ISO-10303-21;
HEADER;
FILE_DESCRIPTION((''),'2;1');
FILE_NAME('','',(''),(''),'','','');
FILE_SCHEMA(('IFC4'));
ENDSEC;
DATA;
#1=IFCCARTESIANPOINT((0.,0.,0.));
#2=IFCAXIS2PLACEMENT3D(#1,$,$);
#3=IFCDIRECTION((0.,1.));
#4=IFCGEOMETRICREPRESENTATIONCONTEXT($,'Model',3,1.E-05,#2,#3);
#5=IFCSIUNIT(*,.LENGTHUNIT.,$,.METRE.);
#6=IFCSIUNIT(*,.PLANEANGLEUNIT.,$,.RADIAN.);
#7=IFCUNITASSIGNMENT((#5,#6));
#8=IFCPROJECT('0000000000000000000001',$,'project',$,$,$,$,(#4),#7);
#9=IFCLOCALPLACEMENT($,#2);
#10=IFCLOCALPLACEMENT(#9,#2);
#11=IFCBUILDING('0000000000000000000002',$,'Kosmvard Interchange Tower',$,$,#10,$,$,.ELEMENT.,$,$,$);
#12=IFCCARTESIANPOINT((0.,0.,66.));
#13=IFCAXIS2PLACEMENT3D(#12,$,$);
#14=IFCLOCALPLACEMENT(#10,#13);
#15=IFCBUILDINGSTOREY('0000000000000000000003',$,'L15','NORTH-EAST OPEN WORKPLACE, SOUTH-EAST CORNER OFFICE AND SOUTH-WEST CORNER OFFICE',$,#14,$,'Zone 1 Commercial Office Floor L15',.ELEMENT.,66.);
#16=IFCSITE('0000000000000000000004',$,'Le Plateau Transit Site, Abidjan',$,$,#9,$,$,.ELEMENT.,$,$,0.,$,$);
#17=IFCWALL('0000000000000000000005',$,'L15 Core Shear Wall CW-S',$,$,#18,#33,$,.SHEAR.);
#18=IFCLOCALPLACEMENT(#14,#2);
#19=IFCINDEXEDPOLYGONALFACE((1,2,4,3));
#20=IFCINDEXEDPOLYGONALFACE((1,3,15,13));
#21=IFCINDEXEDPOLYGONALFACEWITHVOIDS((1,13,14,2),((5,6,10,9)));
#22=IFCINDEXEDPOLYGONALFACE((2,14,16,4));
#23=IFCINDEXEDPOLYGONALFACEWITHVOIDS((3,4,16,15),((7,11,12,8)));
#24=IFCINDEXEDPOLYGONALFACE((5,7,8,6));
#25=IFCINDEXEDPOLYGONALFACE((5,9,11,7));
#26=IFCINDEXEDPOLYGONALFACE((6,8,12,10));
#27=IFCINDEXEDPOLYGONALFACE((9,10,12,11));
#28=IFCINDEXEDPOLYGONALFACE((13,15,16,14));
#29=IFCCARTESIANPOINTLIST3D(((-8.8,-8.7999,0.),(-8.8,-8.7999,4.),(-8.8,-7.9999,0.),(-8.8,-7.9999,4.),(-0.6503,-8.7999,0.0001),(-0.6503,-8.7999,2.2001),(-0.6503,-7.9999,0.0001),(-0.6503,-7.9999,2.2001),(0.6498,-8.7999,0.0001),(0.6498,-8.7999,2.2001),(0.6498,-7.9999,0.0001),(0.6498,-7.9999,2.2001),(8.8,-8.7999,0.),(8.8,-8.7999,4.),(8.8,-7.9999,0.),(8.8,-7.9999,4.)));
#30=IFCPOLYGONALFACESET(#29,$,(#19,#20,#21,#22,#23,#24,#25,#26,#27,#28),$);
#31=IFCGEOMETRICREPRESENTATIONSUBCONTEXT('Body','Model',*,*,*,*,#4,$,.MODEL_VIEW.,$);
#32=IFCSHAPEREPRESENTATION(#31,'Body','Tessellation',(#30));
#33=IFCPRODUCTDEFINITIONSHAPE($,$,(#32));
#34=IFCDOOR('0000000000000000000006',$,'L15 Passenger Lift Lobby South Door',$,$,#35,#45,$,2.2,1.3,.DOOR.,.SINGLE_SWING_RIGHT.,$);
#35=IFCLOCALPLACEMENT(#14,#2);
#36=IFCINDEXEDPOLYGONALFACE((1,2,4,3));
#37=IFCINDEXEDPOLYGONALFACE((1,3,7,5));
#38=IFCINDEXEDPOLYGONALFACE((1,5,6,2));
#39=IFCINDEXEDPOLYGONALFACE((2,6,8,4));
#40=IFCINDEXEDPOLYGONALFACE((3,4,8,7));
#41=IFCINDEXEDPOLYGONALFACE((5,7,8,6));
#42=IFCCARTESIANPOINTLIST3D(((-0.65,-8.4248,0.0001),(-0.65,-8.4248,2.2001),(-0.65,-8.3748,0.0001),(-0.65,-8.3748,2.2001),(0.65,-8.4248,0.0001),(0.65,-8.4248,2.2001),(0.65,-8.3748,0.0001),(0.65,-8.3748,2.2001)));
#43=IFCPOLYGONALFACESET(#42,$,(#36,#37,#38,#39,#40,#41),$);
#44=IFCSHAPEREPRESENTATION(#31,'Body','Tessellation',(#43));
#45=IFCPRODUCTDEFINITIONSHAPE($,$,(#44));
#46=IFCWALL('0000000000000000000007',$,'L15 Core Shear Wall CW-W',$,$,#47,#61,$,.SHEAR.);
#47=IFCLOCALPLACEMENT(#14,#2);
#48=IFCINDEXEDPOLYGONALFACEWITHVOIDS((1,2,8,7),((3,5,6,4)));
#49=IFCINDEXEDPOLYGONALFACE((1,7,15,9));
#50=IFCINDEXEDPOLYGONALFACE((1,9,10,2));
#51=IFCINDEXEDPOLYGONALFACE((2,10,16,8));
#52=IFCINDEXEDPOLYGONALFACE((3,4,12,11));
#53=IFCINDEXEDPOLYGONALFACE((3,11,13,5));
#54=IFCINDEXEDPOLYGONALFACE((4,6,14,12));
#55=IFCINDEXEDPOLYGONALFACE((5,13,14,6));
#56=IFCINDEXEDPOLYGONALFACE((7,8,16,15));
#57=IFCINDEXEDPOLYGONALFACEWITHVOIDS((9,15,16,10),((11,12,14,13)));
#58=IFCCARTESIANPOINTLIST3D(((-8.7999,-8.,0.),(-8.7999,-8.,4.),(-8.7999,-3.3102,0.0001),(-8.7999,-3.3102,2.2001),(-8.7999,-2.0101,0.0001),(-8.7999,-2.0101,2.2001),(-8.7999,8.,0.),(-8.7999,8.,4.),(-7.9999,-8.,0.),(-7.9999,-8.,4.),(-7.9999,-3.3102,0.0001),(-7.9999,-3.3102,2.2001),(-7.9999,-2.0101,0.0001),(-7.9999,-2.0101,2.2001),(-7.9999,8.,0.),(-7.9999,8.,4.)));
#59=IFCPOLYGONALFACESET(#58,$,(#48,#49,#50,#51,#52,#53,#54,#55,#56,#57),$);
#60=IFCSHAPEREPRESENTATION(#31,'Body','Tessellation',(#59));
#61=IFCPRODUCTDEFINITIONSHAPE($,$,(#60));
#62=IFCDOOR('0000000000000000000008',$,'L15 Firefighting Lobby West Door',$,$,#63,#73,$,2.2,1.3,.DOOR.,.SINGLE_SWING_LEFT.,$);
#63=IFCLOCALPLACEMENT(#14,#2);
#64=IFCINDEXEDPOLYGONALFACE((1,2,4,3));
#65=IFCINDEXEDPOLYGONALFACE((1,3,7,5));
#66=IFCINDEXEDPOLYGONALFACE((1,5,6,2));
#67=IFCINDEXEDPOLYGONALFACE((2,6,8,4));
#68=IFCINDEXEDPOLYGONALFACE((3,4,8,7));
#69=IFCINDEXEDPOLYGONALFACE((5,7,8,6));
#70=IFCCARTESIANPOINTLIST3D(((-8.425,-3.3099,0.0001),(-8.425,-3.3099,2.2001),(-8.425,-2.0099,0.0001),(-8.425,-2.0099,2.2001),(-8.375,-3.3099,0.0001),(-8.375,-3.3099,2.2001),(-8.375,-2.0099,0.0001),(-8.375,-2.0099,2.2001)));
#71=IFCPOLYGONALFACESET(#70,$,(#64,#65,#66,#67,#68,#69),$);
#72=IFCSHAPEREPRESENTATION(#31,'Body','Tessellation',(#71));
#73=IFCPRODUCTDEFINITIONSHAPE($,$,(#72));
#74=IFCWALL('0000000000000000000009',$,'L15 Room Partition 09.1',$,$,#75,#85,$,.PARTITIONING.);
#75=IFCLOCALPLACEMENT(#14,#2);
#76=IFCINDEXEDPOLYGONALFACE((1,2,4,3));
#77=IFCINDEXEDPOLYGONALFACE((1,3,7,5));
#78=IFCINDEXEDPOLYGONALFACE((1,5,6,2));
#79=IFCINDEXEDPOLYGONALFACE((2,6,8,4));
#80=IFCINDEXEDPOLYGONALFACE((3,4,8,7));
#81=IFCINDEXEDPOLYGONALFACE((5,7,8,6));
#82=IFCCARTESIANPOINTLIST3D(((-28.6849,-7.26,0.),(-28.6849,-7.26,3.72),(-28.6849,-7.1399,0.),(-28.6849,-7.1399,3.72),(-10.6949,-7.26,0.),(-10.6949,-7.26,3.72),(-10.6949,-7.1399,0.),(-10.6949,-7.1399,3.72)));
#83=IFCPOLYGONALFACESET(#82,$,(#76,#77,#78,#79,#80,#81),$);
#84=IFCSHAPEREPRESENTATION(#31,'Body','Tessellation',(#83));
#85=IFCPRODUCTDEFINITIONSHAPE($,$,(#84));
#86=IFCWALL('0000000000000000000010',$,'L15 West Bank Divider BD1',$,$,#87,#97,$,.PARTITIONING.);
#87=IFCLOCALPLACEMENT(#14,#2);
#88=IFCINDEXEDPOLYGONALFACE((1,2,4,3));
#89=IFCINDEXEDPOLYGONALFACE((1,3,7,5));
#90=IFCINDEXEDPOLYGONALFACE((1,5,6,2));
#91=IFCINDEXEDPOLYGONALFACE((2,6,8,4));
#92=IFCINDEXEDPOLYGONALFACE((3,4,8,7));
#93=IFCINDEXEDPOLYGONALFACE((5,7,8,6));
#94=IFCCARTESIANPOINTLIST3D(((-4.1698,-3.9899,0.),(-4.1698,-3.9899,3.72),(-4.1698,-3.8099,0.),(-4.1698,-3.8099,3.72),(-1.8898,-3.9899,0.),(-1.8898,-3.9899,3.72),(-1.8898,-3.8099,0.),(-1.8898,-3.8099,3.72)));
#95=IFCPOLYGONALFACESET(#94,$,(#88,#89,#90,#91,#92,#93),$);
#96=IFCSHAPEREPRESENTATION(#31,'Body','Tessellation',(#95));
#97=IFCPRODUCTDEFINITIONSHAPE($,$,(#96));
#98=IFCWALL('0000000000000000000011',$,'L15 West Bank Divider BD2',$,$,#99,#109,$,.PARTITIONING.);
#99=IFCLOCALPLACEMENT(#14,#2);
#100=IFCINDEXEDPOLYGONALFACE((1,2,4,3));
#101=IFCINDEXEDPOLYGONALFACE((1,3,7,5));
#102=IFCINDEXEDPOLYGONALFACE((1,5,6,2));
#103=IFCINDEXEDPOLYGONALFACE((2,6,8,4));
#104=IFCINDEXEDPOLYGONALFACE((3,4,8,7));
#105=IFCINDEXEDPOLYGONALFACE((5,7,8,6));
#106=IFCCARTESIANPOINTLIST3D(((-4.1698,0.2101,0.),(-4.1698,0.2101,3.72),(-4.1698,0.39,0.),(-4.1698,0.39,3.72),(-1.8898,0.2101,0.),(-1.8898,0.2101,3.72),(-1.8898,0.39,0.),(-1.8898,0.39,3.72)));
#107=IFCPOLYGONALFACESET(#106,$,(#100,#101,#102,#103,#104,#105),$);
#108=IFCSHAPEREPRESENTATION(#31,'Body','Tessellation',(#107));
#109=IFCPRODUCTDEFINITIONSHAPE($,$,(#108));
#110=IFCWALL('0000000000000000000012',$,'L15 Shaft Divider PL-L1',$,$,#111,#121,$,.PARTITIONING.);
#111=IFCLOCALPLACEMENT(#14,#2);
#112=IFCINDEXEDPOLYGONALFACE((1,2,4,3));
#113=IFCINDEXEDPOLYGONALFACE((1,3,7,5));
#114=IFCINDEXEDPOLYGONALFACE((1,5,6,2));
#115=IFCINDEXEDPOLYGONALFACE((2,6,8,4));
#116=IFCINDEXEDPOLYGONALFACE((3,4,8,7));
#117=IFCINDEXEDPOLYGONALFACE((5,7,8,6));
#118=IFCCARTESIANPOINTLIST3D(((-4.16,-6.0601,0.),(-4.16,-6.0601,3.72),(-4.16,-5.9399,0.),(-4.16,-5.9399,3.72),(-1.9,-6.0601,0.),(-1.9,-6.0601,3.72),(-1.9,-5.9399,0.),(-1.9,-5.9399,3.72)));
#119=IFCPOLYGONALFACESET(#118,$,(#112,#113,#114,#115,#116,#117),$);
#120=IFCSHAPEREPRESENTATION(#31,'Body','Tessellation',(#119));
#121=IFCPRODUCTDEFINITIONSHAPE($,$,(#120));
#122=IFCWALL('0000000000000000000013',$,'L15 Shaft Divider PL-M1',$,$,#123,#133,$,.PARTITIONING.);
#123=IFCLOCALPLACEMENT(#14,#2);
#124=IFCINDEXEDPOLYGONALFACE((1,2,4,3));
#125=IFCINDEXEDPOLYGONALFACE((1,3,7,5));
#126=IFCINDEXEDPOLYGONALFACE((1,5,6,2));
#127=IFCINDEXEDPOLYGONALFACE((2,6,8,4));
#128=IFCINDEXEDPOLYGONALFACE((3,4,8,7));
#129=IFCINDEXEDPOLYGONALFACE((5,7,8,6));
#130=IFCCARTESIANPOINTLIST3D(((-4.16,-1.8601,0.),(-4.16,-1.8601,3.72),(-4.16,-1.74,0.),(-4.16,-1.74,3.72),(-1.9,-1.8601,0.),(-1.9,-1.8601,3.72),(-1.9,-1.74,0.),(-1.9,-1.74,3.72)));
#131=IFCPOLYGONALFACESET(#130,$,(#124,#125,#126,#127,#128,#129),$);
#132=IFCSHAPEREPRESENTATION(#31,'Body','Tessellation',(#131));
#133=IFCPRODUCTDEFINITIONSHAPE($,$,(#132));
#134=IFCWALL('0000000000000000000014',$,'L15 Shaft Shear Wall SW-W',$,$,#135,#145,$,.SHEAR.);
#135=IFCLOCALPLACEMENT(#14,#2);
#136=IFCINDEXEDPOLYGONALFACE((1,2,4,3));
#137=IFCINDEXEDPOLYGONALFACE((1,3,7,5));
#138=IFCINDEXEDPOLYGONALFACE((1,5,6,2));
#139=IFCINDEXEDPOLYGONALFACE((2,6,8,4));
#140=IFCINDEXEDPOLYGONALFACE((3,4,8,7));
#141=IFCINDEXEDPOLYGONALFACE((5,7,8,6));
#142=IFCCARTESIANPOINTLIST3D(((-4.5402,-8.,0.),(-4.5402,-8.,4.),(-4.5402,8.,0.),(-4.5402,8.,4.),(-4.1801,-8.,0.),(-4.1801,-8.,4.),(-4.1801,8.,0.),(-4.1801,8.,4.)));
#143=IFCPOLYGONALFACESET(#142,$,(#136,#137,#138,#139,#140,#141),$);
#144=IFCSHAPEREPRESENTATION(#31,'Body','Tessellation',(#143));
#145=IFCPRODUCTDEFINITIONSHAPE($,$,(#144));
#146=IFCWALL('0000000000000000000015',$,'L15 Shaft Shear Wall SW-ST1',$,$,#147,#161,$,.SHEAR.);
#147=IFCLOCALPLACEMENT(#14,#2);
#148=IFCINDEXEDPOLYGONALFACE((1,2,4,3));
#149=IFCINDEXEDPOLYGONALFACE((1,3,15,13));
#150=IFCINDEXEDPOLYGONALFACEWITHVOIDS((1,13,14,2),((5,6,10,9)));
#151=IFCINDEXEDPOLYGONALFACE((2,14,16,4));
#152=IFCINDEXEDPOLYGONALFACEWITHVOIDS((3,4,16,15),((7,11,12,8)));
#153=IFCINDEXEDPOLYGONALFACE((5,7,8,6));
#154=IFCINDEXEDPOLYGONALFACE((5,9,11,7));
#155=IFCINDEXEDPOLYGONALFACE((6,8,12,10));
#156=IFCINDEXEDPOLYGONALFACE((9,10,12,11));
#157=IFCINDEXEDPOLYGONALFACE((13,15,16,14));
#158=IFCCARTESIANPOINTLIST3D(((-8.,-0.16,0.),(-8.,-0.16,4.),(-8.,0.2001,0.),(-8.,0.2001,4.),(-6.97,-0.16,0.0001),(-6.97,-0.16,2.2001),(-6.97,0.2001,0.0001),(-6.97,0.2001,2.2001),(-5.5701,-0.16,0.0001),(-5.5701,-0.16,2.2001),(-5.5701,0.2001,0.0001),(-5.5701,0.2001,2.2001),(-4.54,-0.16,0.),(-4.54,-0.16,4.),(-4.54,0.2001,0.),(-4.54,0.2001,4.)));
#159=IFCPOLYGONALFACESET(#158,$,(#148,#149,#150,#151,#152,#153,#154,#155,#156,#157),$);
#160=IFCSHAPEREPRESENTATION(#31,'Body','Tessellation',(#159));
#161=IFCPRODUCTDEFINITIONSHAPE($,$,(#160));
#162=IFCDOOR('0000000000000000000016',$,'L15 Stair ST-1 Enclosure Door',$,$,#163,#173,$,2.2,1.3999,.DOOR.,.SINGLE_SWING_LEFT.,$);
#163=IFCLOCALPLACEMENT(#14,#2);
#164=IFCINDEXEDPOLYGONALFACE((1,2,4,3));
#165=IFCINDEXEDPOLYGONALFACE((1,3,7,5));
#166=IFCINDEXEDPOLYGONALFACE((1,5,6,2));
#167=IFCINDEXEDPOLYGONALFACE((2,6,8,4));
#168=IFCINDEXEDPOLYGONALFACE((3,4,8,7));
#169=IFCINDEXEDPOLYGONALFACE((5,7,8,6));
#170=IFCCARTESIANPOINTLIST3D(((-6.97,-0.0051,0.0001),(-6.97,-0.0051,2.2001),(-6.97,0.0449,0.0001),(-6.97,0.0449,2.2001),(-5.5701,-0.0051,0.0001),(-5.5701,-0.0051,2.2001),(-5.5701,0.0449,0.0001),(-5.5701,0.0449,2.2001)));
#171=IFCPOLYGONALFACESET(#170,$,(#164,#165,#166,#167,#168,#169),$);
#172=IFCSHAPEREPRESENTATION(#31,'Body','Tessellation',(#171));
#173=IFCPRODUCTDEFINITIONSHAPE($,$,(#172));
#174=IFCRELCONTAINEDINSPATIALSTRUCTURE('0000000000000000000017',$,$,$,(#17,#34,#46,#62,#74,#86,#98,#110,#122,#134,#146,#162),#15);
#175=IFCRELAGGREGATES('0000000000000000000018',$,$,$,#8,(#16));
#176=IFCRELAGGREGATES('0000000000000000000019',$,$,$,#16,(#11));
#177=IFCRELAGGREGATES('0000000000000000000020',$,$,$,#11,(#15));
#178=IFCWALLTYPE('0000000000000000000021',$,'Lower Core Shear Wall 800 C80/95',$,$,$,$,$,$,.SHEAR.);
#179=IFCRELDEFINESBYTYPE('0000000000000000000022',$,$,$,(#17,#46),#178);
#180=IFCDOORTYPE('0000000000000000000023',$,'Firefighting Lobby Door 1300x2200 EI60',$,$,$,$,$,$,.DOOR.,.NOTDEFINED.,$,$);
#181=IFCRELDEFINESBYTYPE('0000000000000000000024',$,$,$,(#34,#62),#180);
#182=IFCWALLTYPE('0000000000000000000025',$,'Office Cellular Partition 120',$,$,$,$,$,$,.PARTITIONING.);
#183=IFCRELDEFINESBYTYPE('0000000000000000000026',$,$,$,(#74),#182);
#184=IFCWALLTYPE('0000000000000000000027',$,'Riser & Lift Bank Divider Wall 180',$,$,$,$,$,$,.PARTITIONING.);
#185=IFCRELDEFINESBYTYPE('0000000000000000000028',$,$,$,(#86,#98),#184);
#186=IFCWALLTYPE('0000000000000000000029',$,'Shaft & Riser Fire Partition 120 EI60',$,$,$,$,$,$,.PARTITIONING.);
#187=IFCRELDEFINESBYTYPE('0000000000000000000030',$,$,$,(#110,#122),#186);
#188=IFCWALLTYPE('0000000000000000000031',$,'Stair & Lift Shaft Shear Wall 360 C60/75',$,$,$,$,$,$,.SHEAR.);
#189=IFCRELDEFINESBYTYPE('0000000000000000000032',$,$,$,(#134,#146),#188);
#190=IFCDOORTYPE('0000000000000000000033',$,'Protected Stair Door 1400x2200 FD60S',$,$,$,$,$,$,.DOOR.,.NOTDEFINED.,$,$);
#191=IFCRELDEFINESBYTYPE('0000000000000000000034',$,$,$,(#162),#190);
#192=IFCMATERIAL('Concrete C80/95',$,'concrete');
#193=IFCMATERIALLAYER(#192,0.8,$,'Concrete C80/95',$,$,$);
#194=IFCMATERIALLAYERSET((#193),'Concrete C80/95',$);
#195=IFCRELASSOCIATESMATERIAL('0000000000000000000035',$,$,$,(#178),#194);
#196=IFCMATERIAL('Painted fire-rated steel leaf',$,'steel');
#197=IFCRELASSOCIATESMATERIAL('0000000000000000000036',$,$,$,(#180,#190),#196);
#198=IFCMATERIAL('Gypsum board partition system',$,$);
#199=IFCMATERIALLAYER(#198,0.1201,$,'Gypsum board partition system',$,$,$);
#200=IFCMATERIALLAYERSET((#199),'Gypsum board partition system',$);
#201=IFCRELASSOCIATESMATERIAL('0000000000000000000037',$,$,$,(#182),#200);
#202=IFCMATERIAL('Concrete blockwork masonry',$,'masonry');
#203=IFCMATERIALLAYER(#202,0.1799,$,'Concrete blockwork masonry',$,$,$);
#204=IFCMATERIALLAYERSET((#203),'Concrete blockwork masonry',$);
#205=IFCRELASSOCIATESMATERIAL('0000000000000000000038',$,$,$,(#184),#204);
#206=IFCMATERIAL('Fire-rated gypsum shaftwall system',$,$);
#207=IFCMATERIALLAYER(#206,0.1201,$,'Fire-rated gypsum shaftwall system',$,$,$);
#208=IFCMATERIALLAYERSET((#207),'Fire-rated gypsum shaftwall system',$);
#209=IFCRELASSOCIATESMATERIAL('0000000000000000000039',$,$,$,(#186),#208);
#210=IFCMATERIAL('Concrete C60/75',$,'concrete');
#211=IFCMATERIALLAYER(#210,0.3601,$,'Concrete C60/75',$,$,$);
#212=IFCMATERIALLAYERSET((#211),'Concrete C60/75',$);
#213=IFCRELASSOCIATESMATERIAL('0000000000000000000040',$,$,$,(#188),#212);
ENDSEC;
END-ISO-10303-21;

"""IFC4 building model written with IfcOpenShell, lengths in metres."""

from ifc_helpers import new_model, si_unit, direction, frame, frame_2d, origin, place, context, subcontext, project, spatial, rectangle, extrude, source, transform, mapped, material, layer, layer_set, type_object, element, fill, save


model = new_model("IFC4")

# Units and contexts
model_context = context("Model", 3, precision=1e-05, world=origin(), true_north=direction((0.0, 1.0)))
body_context = subcontext(model_context, "Body", "Model", "MODEL_VIEW")
ifc_project = project(units=[si_unit("LENGTHUNIT", "METRE"), si_unit("PLANEANGLEUNIT", "RADIAN")], contexts=[model_context])

# Site, building, storey
site_placement = place(None, origin())
site = spatial("IfcSite", under=ifc_project, at=site_placement, Name="Le Plateau Transit Site, Abidjan", CompositionType="ELEMENT", RefElevation=0.0)
building_placement = place(site_placement, origin())
building = spatial("IfcBuilding", under=site, at=building_placement, Name="Kosmvard Interchange Tower", CompositionType="ELEMENT")
storey_placement = place(building_placement, frame((0.0, 0.0, 66.0)))
storey = spatial("IfcBuildingStorey", under=building, at=storey_placement, Name="L15", Description="NORTH-EAST OPEN WORKPLACE, SOUTH-EAST CORNER OFFICE AND SOUTH-WEST CORNER OFFICE", LongName="Zone 1 Commercial Office Floor L15", CompositionType="ELEMENT", Elevation=66.0)

# Shared definitions
ifc_material_1 = material(Name="Concrete C80/95", Category="concrete")
ifc_material_2 = material(Name="Concrete C60/75", Category="concrete")

# Walls, openings, doors
ifc_layer_1 = layer(ifc_material_1, 0.8, Name="Concrete C80/95")
ifc_layer_set_1 = layer_set([ifc_layer_1], Name="Concrete C80/95")
wall_type_1 = type_object("IfcWallType", Name="Lower Core Shear Wall 800 C80/95", PredefinedType="SHEAR", material=ifc_layer_set_1)
wall_1_placement = place(storey_placement, frame((-8.8, -8.3999, 0.0), z_axis=(0.0, 0.0, 1.0), x_axis=(1.0, 0.0, 0.0)))
wall_1 = element("IfcWall", 1, at=wall_1_placement, inside=storey, type_object=wall_type_1, Name="L15 Core Shear Wall CW-S", PredefinedType="SHEAR", context=body_context, shape_type="SweptSolid", body=[
    extrude(rectangle(XDim=17.6001, YDim=0.8, at=frame_2d((8.8, 0.0))), origin(), (0.0, 0.0, 1.0), 4.0),
])
opening_1_placement = place(wall_1_placement, frame((8.1499, 0.0, 0.0)))
opening_1 = element("IfcOpeningElement", 2, at=opening_1_placement, cuts=wall_1, PredefinedType="OPENING", context=body_context, shape_type="SweptSolid", body=[
    extrude(rectangle(XDim=1.3, YDim=2.2, at=frame_2d((0.6499, 1.1001))), frame((0.0, 0.4102, 0.0), z_axis=(0.0, -1.0, 0.0), x_axis=(1.0, 0.0, 0.0)), (0.0, 0.0, 1.0), 0.8201),
])
ifc_material_3 = material(Name="Painted fire-rated steel leaf", Category="steel")
door_type_1 = type_object("IfcDoorType", Name="Firefighting Lobby Door 1300x2200 EI60", OperationType="NOTDEFINED", PredefinedType="DOOR", material=ifc_material_3)
shared_shape_1 = source(origin(), body_context, "Body", "SweptSolid", [
    extrude(rectangle(XDim=1.3, YDim=2.2, at=frame_2d((0.6499, 1.1001))), frame((0.0, 0.0249, 0.0), z_axis=(0.0, -1.0, 0.0), x_axis=(1.0, 0.0, 0.0)), (0.0, 0.0, 1.0), 0.05),
])
door_1_placement = place(opening_1_placement, frame((1.3, 0.0, 0.0), z_axis=(0.0, 0.0, 1.0), x_axis=(-1.0, 0.0, 0.0)))
door_1 = element("IfcDoor", 3, at=door_1_placement, inside=storey, type_object=door_type_1, Name="L15 Passenger Lift Lobby South Door", OperationType="SINGLE_SWING_RIGHT", OverallHeight=2.2, OverallWidth=1.3, PredefinedType="DOOR", context=body_context, shape_type="MappedRepresentation", body=[
    mapped(shared_shape_1, transform((0.0, 0.0, 0.0), scale=1.0)),
])
fill(opening_1, door_1)
wall_2_placement = place(storey_placement, frame((-8.3999, -8.0, 0.0), z_axis=(0.0, 0.0, 1.0), x_axis=(0.0, 1.0, 0.0)))
wall_2 = element("IfcWall", 4, at=wall_2_placement, inside=storey, type_object=wall_type_1, Name="L15 Core Shear Wall CW-W", PredefinedType="SHEAR", context=body_context, shape_type="SweptSolid", body=[
    extrude(rectangle(XDim=16.0, YDim=0.8, at=frame_2d((8.0, 0.0))), origin(), (0.0, 0.0, 1.0), 4.0),
])
opening_2_placement = place(wall_2_placement, frame((4.6899, 0.0, 0.0)))
opening_2 = element("IfcOpeningElement", 5, at=opening_2_placement, cuts=wall_2, PredefinedType="OPENING", context=body_context, shape_type="SweptSolid", body=[
    extrude(rectangle(XDim=1.3, YDim=2.2, at=frame_2d((0.6499, 1.1001))), frame((0.0, 0.4102, 0.0), z_axis=(0.0, -1.0, 0.0), x_axis=(1.0, 0.0, 0.0)), (0.0, 0.0, 1.0), 0.8201),
])
door_2_placement = place(opening_2_placement, frame((1.3, 0.0, 0.0), z_axis=(0.0, 0.0, 1.0), x_axis=(-1.0, 0.0, 0.0)))
door_2 = element("IfcDoor", 6, at=door_2_placement, inside=storey, type_object=door_type_1, Name="L15 Firefighting Lobby West Door", OperationType="SINGLE_SWING_LEFT", OverallHeight=2.2, OverallWidth=1.3, PredefinedType="DOOR", context=body_context, shape_type="MappedRepresentation", body=[
    mapped(shared_shape_1, transform((0.0, 0.0, 0.0), scale=1.0)),
])
fill(opening_2, door_2)

# Walls
ifc_material_4 = material(Name="Gypsum board partition system")
ifc_layer_2 = layer(ifc_material_4, 0.1201, Name="Gypsum board partition system")
ifc_layer_set_2 = layer_set([ifc_layer_2], Name="Gypsum board partition system")
wall_type_2 = type_object("IfcWallType", Name="Office Cellular Partition 120", PredefinedType="PARTITIONING", material=ifc_layer_set_2)
wall_3_placement = place(storey_placement, frame((-28.6851, -7.2, 0.0), z_axis=(0.0, 0.0, 1.0), x_axis=(1.0, 0.0, 0.0)))
element("IfcWall", 7, at=wall_3_placement, inside=storey, type_object=wall_type_2, Name="L15 Room Partition 09.1", PredefinedType="PARTITIONING", context=body_context, shape_type="SweptSolid", body=[
    extrude(rectangle(XDim=17.99, YDim=0.1201, at=frame_2d((8.9951, 0.0))), origin(), (0.0, 0.0, 1.0), 3.72),
])
ifc_material_5 = material(Name="Concrete blockwork masonry", Category="masonry")
ifc_layer_3 = layer(ifc_material_5, 0.1799, Name="Concrete blockwork masonry")
ifc_layer_set_3 = layer_set([ifc_layer_3], Name="Concrete blockwork masonry")
wall_type_3 = type_object("IfcWallType", Name="Riser & Lift Bank Divider Wall 180", PredefinedType="PARTITIONING", material=ifc_layer_set_3)
for number, where, z_axis, x_axis, name in (
    (8, (-4.1699, -3.8999, 0.0), (0.0, 0.0, 1.0), (1.0, 0.0, 0.0), "L15 West Bank Divider BD1"),
    (9, (-4.1699, 0.3, 0.0), (0.0, 0.0, 1.0), (1.0, 0.0, 0.0), "L15 West Bank Divider BD2"),
):
    element("IfcWall", number, at=place(storey_placement, frame(where, z_axis=z_axis, x_axis=x_axis)), inside=storey, type_object=wall_type_3, Name=name, PredefinedType="PARTITIONING", context=body_context, shape_type="SweptSolid", body=[
        extrude(rectangle(XDim=2.28, YDim=0.1799, at=frame_2d((1.1401, 0.0))), origin(), (0.0, 0.0, 1.0), 3.72),
    ])
ifc_material_6 = material(Name="Fire-rated gypsum shaftwall system")
ifc_layer_4 = layer(ifc_material_6, 0.1201, Name="Fire-rated gypsum shaftwall system")
ifc_layer_set_4 = layer_set([ifc_layer_4], Name="Fire-rated gypsum shaftwall system")
wall_type_4 = type_object("IfcWallType", Name="Shaft & Riser Fire Partition 120 EI60", PredefinedType="PARTITIONING", material=ifc_layer_set_4)
for number, where, z_axis, x_axis, name in (
    (10, (-4.1599, -6.0, 0.0), (0.0, 0.0, 1.0), (1.0, 0.0, 0.0), "L15 Shaft Divider PL-L1"),
    (11, (-4.1599, -1.8, 0.0), (0.0, 0.0, 1.0), (1.0, 0.0, 0.0), "L15 Shaft Divider PL-M1"),
):
    element("IfcWall", number, at=place(storey_placement, frame(where, z_axis=z_axis, x_axis=x_axis)), inside=storey, type_object=wall_type_4, Name=name, PredefinedType="PARTITIONING", context=body_context, shape_type="SweptSolid", body=[
        extrude(rectangle(XDim=2.26, YDim=0.1201, at=frame_2d((1.1299, 0.0))), origin(), (0.0, 0.0, 1.0), 3.72),
    ])
ifc_layer_5 = layer(ifc_material_2, 0.3601, Name="Concrete C60/75")
ifc_layer_set_5 = layer_set([ifc_layer_5], Name="Concrete C60/75")
wall_type_5 = type_object("IfcWallType", Name="Stair & Lift Shaft Shear Wall 360 C60/75", PredefinedType="SHEAR", material=ifc_layer_set_5)
wall_4_placement = place(storey_placement, frame((-4.3601, -8.0, 0.0), z_axis=(0.0, 0.0, 1.0), x_axis=(0.0, 1.0, 0.0)))
element("IfcWall", 12, at=wall_4_placement, inside=storey, type_object=wall_type_5, Name="L15 Shaft Shear Wall SW-W", PredefinedType="SHEAR", context=body_context, shape_type="SweptSolid", body=[
    extrude(rectangle(XDim=16.0, YDim=0.3601, at=frame_2d((8.0, 0.0))), origin(), (0.0, 0.0, 1.0), 4.0),
])

# Wall, opening, door
wall_5_placement = place(storey_placement, frame((-8.0, 0.02, 0.0), z_axis=(0.0, 0.0, 1.0), x_axis=(1.0, 0.0, 0.0)))
wall_5 = element("IfcWall", 13, at=wall_5_placement, inside=storey, type_object=wall_type_5, Name="L15 Shaft Shear Wall SW-ST1", PredefinedType="SHEAR", context=body_context, shape_type="SweptSolid", body=[
    extrude(rectangle(XDim=3.46, YDim=0.3601, at=frame_2d((1.73, 0.0))), origin(), (0.0, 0.0, 1.0), 4.0),
])
opening_3_placement = place(wall_5_placement, frame((1.03, 0.0, 0.0)))
opening_3 = element("IfcOpeningElement", 14, at=opening_3_placement, cuts=wall_5, PredefinedType="OPENING", context=body_context, shape_type="SweptSolid", body=[
    extrude(rectangle(XDim=1.3999, YDim=2.2, at=frame_2d((0.7, 1.1001))), frame((0.0, 0.1899, 0.0), z_axis=(0.0, -1.0, 0.0), x_axis=(1.0, 0.0, 0.0)), (0.0, 0.0, 1.0), 0.3801),
])
door_type_2 = type_object("IfcDoorType", Name="Protected Stair Door 1400x2200 FD60S", OperationType="NOTDEFINED", PredefinedType="DOOR", material=ifc_material_3)
shared_shape_2 = source(origin(), body_context, "Body", "SweptSolid", [
    extrude(rectangle(XDim=1.3999, YDim=2.2, at=frame_2d((0.7, 1.1001))), frame((0.0, 0.0249, 0.0), z_axis=(0.0, -1.0, 0.0), x_axis=(1.0, 0.0, 0.0)), (0.0, 0.0, 1.0), 0.05),
])
door_3_placement = place(opening_3_placement, origin())
door_3 = element("IfcDoor", 15, at=door_3_placement, inside=storey, type_object=door_type_2, Name="L15 Stair ST-1 Enclosure Door", OperationType="SINGLE_SWING_LEFT", OverallHeight=2.2, OverallWidth=1.3999, PredefinedType="DOOR", context=body_context, shape_type="MappedRepresentation", body=[
    mapped(shared_shape_2, transform((0.0, 0.0, 0.0), scale=1.0)),
])
fill(opening_3, door_3)

save(model, "model.ifc")
